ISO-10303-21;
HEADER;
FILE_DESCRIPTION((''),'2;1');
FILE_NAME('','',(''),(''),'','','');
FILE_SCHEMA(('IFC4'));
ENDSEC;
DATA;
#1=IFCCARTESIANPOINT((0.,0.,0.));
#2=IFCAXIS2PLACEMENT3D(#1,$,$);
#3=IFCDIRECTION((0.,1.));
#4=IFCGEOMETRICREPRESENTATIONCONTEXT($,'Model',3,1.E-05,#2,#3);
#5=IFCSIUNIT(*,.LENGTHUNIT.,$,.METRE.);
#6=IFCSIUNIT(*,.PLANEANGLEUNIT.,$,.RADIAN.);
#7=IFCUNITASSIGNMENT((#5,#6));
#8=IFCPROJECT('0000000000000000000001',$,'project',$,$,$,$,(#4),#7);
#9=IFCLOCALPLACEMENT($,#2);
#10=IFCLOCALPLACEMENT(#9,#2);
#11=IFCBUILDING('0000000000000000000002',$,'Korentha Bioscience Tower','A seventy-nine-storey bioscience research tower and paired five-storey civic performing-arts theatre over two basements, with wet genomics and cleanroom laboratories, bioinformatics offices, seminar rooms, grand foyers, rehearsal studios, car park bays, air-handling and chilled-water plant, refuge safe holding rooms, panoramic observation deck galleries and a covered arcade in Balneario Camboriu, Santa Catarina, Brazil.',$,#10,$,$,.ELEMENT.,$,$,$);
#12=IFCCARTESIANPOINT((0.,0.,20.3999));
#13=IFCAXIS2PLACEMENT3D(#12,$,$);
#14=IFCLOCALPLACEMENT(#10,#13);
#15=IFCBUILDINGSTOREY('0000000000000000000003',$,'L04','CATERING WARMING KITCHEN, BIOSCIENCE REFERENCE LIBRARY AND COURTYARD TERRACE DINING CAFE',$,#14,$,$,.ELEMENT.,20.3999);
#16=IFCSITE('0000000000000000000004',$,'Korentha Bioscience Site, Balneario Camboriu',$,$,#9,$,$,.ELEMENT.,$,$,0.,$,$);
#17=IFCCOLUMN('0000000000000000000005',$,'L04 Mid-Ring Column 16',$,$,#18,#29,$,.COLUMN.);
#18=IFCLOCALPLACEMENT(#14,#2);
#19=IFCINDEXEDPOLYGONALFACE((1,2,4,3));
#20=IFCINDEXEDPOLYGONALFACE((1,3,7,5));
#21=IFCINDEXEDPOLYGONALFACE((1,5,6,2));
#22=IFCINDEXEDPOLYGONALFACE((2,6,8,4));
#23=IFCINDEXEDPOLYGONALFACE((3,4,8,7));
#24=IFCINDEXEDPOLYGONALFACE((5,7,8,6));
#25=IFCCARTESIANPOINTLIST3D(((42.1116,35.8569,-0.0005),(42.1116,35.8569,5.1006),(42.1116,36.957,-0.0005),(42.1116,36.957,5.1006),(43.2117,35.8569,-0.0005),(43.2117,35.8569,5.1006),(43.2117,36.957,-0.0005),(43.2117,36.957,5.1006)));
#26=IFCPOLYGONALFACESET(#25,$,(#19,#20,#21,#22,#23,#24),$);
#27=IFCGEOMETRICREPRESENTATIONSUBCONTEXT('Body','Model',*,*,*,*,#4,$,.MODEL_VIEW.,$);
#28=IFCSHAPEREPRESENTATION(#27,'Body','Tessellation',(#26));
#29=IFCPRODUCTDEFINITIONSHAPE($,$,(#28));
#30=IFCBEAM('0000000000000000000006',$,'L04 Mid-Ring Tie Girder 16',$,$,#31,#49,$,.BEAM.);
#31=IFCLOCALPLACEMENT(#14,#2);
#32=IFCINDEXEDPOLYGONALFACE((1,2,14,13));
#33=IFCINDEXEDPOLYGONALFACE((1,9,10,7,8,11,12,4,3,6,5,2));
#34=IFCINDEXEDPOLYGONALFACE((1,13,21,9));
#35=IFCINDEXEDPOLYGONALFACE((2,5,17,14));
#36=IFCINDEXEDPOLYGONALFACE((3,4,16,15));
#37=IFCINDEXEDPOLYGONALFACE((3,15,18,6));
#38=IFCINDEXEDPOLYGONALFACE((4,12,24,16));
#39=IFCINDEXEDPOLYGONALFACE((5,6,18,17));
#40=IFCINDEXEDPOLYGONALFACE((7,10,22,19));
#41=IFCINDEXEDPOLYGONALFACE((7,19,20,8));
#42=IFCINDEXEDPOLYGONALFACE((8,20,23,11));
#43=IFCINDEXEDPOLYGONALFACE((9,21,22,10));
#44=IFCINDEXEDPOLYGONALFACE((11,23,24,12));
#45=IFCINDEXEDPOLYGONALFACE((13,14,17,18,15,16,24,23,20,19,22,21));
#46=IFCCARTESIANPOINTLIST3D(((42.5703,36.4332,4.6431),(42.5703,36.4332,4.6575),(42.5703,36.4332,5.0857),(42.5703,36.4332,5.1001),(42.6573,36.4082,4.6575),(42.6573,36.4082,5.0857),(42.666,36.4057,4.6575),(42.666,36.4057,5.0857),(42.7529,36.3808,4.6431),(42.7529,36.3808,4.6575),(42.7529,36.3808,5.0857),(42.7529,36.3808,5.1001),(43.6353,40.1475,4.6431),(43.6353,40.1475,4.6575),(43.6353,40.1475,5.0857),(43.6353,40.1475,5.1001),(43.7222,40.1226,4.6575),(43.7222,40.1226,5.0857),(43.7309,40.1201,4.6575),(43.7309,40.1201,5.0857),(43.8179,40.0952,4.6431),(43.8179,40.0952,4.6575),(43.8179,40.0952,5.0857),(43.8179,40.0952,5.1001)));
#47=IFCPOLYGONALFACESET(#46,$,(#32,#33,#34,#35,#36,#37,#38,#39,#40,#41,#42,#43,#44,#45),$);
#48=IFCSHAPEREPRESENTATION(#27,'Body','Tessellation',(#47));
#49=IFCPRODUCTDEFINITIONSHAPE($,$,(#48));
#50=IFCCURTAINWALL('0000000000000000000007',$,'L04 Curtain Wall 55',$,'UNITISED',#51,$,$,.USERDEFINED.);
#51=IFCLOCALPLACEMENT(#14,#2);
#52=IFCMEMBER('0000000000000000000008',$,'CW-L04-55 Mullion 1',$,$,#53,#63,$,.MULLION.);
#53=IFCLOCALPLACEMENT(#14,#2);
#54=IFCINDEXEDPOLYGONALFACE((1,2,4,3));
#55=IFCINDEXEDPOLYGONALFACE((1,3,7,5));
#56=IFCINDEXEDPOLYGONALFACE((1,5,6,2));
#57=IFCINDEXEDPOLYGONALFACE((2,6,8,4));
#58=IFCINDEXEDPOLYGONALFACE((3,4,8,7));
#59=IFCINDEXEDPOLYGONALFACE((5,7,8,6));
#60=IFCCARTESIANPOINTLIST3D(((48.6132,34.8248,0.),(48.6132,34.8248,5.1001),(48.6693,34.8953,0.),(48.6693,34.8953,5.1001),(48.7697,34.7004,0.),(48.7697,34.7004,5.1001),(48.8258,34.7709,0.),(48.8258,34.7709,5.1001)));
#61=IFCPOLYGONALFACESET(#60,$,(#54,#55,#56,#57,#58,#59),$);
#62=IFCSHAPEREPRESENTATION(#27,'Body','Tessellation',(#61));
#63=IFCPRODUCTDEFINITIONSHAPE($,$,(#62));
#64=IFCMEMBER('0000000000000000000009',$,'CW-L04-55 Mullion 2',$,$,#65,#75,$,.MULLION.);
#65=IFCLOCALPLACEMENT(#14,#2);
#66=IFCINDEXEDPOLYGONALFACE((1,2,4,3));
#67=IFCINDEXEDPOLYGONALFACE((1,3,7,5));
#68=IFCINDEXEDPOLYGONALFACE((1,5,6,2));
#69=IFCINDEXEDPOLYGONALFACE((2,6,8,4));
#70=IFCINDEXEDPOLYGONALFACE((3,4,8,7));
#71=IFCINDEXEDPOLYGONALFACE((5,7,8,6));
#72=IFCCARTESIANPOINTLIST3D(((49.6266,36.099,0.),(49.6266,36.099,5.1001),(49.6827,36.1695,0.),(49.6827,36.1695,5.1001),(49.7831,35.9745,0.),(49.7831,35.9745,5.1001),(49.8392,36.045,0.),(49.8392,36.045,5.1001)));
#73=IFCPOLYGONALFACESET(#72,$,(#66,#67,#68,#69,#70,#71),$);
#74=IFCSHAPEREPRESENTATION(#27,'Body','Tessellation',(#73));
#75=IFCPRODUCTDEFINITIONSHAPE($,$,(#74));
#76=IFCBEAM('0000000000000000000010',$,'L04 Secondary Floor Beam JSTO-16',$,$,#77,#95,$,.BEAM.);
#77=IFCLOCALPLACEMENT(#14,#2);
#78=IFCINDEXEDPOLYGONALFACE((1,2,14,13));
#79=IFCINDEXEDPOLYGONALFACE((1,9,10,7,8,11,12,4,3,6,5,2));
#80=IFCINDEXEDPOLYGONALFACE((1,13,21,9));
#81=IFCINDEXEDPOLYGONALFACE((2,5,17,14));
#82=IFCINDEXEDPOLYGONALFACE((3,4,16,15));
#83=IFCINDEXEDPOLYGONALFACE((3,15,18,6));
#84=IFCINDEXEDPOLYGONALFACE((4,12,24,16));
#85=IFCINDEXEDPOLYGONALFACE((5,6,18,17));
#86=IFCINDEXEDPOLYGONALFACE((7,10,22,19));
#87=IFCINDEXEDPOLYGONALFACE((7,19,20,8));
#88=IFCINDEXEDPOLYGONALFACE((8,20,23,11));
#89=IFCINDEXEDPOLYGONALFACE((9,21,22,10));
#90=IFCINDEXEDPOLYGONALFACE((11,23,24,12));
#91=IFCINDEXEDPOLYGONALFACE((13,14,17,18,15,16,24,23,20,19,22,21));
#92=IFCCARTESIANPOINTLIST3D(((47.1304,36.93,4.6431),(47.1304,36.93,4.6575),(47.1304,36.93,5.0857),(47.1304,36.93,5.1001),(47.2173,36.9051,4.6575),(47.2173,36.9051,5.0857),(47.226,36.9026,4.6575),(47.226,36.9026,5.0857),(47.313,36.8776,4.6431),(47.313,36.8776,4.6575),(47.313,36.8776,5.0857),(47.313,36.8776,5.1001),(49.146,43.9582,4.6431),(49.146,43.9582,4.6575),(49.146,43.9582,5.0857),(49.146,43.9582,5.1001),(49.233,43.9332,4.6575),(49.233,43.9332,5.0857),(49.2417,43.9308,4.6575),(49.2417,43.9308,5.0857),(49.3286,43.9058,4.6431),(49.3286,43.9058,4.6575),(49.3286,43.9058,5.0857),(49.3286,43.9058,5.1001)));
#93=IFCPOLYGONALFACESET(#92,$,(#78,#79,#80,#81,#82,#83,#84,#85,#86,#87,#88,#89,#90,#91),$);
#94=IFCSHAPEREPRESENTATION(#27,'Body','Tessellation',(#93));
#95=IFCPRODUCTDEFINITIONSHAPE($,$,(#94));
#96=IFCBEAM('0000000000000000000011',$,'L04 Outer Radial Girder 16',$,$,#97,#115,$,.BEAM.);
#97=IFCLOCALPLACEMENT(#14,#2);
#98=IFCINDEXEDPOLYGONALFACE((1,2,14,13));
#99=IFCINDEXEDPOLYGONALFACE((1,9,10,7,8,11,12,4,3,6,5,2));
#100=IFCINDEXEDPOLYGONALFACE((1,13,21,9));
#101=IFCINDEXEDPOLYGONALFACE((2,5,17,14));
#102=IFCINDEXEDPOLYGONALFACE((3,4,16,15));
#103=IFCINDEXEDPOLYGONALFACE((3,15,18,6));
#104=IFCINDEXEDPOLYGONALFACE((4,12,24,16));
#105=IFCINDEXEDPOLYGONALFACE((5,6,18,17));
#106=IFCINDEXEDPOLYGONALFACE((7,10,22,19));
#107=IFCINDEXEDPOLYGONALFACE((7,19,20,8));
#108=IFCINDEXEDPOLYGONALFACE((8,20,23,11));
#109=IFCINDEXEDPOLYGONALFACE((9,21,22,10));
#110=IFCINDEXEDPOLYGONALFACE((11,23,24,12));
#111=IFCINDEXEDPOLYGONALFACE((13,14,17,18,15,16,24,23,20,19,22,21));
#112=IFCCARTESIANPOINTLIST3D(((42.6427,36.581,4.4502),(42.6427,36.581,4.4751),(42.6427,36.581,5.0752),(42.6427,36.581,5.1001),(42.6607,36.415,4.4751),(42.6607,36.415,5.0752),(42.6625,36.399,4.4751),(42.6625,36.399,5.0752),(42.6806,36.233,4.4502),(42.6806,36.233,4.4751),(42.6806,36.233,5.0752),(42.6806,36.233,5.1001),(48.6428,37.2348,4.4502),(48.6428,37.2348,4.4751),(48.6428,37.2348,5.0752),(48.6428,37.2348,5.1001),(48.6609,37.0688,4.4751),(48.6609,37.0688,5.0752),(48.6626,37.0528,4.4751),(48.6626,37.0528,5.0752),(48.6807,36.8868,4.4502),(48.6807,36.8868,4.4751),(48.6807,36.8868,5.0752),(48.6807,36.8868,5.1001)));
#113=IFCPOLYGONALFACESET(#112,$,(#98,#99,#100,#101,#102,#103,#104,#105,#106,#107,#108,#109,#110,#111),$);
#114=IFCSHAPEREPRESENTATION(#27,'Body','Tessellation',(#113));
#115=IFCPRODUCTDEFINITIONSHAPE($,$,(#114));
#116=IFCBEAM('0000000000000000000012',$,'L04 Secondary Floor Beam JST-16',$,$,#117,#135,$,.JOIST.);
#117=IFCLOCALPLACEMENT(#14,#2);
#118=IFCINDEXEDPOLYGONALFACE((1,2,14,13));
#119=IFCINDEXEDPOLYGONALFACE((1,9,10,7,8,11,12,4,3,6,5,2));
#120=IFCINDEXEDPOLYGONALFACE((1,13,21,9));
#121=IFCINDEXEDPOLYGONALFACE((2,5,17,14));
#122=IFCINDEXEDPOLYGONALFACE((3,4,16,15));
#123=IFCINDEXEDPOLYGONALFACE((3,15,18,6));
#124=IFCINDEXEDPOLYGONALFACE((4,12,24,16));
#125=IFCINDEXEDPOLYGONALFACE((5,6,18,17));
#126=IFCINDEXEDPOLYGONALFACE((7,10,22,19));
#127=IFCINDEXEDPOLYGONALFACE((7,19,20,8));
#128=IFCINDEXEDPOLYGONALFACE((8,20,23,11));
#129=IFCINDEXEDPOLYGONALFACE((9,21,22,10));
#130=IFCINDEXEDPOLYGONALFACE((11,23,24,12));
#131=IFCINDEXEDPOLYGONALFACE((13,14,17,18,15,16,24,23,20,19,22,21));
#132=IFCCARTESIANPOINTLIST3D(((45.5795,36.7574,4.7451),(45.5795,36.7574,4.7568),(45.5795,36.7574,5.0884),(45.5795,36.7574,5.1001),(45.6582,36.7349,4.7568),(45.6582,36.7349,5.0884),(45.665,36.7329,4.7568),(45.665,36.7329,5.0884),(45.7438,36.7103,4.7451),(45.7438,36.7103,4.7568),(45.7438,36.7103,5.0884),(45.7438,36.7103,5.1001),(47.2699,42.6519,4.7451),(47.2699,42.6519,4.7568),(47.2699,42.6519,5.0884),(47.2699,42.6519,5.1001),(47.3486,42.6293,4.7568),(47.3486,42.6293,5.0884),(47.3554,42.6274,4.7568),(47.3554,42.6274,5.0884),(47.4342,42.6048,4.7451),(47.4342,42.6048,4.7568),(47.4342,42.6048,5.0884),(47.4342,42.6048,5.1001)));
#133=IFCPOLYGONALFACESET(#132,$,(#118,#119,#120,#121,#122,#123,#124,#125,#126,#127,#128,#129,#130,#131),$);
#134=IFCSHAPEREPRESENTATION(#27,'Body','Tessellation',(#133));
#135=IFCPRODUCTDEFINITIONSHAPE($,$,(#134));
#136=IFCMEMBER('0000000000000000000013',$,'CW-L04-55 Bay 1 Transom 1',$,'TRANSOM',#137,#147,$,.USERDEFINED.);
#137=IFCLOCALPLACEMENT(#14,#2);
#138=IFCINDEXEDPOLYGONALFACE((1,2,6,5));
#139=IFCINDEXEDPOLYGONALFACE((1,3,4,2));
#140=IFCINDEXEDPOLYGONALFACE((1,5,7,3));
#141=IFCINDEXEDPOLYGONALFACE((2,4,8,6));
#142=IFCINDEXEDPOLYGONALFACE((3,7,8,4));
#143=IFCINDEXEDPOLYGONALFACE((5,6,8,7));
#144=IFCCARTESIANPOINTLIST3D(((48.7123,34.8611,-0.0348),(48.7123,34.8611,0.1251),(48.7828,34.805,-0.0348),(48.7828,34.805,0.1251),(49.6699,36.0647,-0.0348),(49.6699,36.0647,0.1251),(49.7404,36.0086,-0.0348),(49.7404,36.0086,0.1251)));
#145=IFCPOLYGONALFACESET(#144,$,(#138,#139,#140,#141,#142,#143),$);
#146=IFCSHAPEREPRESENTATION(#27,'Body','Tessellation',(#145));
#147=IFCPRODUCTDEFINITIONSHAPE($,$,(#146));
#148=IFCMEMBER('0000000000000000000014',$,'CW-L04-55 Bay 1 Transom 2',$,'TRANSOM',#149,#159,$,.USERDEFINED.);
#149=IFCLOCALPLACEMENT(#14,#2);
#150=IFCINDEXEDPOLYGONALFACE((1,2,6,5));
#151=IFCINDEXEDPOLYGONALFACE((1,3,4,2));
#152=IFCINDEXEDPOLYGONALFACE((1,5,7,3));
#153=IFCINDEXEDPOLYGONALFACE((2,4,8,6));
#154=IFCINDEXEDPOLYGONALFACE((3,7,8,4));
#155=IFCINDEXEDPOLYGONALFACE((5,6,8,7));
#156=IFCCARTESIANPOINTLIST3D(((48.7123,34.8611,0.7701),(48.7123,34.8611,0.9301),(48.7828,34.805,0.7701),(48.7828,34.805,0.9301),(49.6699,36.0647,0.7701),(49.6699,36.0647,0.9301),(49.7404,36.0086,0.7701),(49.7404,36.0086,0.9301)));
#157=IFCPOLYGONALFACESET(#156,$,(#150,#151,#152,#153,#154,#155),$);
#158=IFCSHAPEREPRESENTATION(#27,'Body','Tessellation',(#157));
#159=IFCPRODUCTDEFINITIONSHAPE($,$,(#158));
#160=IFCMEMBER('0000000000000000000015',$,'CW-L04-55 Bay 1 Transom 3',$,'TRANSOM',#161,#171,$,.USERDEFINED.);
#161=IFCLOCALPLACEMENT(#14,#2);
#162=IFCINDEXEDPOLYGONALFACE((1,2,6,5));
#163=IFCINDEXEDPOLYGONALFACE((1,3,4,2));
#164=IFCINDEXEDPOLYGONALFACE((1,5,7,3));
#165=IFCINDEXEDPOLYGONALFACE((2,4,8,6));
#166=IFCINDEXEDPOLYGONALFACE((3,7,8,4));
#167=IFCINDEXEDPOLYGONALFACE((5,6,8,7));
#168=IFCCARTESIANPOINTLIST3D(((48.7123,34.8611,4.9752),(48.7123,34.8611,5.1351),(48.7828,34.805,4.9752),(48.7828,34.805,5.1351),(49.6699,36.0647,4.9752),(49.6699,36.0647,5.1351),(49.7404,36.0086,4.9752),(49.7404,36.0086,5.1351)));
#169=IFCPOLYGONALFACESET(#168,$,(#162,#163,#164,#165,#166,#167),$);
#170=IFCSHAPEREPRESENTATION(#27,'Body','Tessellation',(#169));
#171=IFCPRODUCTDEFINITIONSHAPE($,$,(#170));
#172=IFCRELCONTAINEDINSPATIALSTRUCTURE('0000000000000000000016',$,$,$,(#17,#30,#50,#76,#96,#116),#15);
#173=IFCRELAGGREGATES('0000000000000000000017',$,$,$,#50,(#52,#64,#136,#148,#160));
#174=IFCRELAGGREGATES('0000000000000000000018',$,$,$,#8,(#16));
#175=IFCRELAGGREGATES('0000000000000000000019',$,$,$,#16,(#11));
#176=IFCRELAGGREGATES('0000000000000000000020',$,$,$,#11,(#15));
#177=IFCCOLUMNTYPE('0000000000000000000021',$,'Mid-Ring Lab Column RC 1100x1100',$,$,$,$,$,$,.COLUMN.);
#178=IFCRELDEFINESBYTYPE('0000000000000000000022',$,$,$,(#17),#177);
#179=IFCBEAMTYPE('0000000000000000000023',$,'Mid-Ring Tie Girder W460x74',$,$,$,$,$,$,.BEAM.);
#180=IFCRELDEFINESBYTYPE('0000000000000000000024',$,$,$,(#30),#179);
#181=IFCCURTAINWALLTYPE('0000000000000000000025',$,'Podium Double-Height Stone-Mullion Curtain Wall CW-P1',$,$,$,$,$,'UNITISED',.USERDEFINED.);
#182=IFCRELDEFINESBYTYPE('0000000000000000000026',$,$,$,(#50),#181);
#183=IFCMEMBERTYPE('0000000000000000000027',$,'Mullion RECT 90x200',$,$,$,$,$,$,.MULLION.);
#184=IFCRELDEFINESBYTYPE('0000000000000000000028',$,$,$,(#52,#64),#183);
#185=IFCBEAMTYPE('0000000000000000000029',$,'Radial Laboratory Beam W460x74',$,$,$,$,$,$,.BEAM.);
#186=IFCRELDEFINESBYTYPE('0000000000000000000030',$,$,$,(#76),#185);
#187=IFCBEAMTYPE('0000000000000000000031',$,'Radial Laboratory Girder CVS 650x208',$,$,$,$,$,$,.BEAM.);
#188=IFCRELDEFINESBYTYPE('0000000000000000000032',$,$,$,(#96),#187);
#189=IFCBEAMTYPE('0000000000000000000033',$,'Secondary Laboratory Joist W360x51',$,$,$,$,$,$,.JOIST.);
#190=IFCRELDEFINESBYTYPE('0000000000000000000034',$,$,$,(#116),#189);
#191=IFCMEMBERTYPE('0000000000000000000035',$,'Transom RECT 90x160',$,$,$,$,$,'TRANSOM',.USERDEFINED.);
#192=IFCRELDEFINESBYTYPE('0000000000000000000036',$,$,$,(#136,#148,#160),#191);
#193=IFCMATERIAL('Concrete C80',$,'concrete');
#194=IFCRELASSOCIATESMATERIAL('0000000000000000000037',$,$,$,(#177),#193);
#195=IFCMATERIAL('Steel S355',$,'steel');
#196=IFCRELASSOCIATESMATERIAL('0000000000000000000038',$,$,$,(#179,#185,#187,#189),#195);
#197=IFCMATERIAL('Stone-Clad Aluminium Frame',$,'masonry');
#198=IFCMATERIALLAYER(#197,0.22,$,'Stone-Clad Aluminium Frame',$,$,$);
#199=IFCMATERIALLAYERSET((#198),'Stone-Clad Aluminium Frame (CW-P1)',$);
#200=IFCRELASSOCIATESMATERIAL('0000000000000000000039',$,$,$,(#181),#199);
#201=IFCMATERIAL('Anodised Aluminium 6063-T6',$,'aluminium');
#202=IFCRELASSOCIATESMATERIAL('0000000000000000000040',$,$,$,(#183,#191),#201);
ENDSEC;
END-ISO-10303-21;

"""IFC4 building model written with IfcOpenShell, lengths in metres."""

from ifc_helpers import new_model, si_unit, direction, frame, origin, origin_2d, place, context, subcontext, project, spatial, rectangle, i_section, extrude, material, layer, layer_set, material_profile, profile_set, type_object, element, aggregate, save


model = new_model("IFC4")

# Units and contexts
model_context = context("Model", 3, precision=1e-05, world=origin(), true_north=direction((0.0, 1.0)))
body_context = subcontext(model_context, "Body", "Model", "MODEL_VIEW")
ifc_project = project(units=[si_unit("LENGTHUNIT", "METRE"), si_unit("PLANEANGLEUNIT", "RADIAN")], contexts=[model_context])

# Site, building, storey
site_placement = place(None, origin())
site = spatial("IfcSite", under=ifc_project, at=site_placement, Name="Korentha Bioscience Site, Balneario Camboriu", CompositionType="ELEMENT", RefElevation=0.0)
building_placement = place(site_placement, origin())
building = spatial("IfcBuilding", under=site, at=building_placement, Name="Korentha Bioscience Tower", Description="A seventy-nine-storey bioscience research tower and paired five-storey civic performing-arts theatre over two basements, with wet genomics and cleanroom laboratories, bioinformatics offices, seminar rooms, grand foyers, rehearsal studios, car park bays, air-handling and chilled-water plant, refuge safe holding rooms, panoramic observation deck galleries and a covered arcade in Balneario Camboriu, Santa Catarina, Brazil.", CompositionType="ELEMENT")
storey_placement = place(building_placement, frame((0.0, 0.0, 20.3999)))
storey = spatial("IfcBuildingStorey", under=building, at=storey_placement, Name="L04", Description="CATERING WARMING KITCHEN, BIOSCIENCE REFERENCE LIBRARY AND COURTYARD TERRACE DINING CAFE", CompositionType="ELEMENT", Elevation=20.3999)

# Column
ifc_material_1 = material(Name="Concrete C80", Category="concrete")
ifc_material_profile_1 = material_profile(ifc_material_1, rectangle(XDim=1.1001, YDim=1.1001, at=origin_2d()), Name="Concrete C80")
ifc_profile_set_1 = profile_set([ifc_material_profile_1], Name="Concrete C80 (COL-MR11)")
column_type = type_object("IfcColumnType", Name="Mid-Ring Lab Column RC 1100x1100", PredefinedType="COLUMN", material=ifc_profile_set_1)
column_placement = place(storey_placement, frame((42.6616, 36.407, -0.0005), z_axis=(0.0, 0.0, 1.0), x_axis=(1.0, 0.0, 0.0)))
element("IfcColumn", 1, at=column_placement, inside=storey, type_object=column_type, Name="L04 Mid-Ring Column 16", PredefinedType="COLUMN", context=body_context, shape_type="SweptSolid", body=[
    extrude(rectangle(XDim=1.1001, YDim=1.1001, at=origin_2d()), origin(), (0.0, 0.0, 1.0), 5.1011),
])

# Beam
ifc_material_2 = material(Name="Steel S355", Category="steel")
ifc_material_profile_2 = material_profile(ifc_material_2, i_section(OverallWidth=0.1899, OverallDepth=0.457, WebThickness=0.009, FlangeThickness=0.0144, at=origin_2d()), Name="Steel S355")
ifc_profile_set_2 = profile_set([ifc_material_profile_2], Name="Steel S355 (MB-460)")
beam_type_1 = type_object("IfcBeamType", Name="Mid-Ring Tie Girder W460x74", PredefinedType="BEAM", material=ifc_profile_set_2)
beam_1_placement = place(storey_placement, frame((42.6616, 36.407, 4.8716), z_axis=(0.275606, 0.961271, 0.0), x_axis=(-0.961271, 0.275606, 0.0)))
element("IfcBeam", 2, at=beam_1_placement, inside=storey, type_object=beam_type_1, Name="L04 Mid-Ring Tie Girder 16", PredefinedType="BEAM", context=body_context, shape_type="SweptSolid", body=[
    extrude(i_section(OverallWidth=0.1899, OverallDepth=0.457, WebThickness=0.009, FlangeThickness=0.0144, at=origin_2d()), origin(), (0.0, 0.0, 1.0), 3.864),
])

# Curtain wall, members
ifc_material_3 = material(Name="Stone-Clad Aluminium Frame", Category="masonry")
ifc_layer_1 = layer(ifc_material_3, 0.22, Name="Stone-Clad Aluminium Frame")
ifc_layer_set_1 = layer_set([ifc_layer_1], Name="Stone-Clad Aluminium Frame (CW-P1)")
curtain_wall_type = type_object("IfcCurtainWallType", Name="Podium Double-Height Stone-Mullion Curtain Wall CW-P1", ElementType="UNITISED", PredefinedType="USERDEFINED", material=ifc_layer_set_1)
curtain_wall_placement = place(storey_placement, origin())
curtain_wall = element("IfcCurtainWall", 3, at=curtain_wall_placement, inside=storey, type_object=curtain_wall_type, Name="L04 Curtain Wall 55", ObjectType="UNITISED", PredefinedType="USERDEFINED")
ifc_material_4 = material(Name="Anodised Aluminium 6063-T6", Category="aluminium")
ifc_material_profile_3 = material_profile(ifc_material_4, rectangle(XDim=0.0901, YDim=0.2, at=origin_2d()), Name="Anodised Aluminium 6063-T6")
ifc_profile_set_3 = profile_set([ifc_material_profile_3], Name="Anodised Aluminium 6063-T6 (CW-MUL)")
member_type_1 = type_object("IfcMemberType", Name="Mullion RECT 90x200", PredefinedType="MULLION", material=ifc_profile_set_3)
member_1_placement = place(storey_placement, frame((48.7195, 34.7979, 0.0), z_axis=(0.0, 0.0, 1.0), x_axis=(0.62252, 0.782604, 0.0)))
member_1 = element("IfcMember", 4, at=member_1_placement, type_object=member_type_1, Name="CW-L04-55 Mullion 1", PredefinedType="MULLION", context=body_context, shape_type="SweptSolid", body=[
    extrude(rectangle(XDim=0.0901, YDim=0.2, at=origin_2d()), origin(), (0.0, 0.0, 1.0), 5.1001),
])
member_2_placement = place(storey_placement, frame((49.7329, 36.072, 0.0), z_axis=(0.0, 0.0, 1.0), x_axis=(0.62252, 0.782604, 0.0)))
member_2 = element("IfcMember", 5, at=member_2_placement, type_object=member_type_1, Name="CW-L04-55 Mullion 2", PredefinedType="MULLION", context=body_context, shape_type="SweptSolid", body=[
    extrude(rectangle(XDim=0.0901, YDim=0.2, at=origin_2d()), origin(), (0.0, 0.0, 1.0), 5.1001),
])

# Beams
ifc_material_profile_4 = material_profile(ifc_material_2, i_section(OverallWidth=0.1899, OverallDepth=0.457, WebThickness=0.009, FlangeThickness=0.0144, at=origin_2d()), Name="Steel S355")
ifc_profile_set_4 = profile_set([ifc_material_profile_4], Name="Steel S355 (RB-460)")
beam_type_2 = type_object("IfcBeamType", Name="Radial Laboratory Beam W460x74", PredefinedType="BEAM", material=ifc_profile_set_4)
beam_2_placement = place(storey_placement, frame((47.2217, 36.9038, 4.8716), z_axis=(0.275682, 0.961249, 0.0), x_axis=(-0.961249, 0.275682, 0.0)))
element("IfcBeam", 6, at=beam_2_placement, inside=storey, type_object=beam_type_2, Name="L04 Secondary Floor Beam JSTO-16", PredefinedType="BEAM", context=body_context, shape_type="SweptSolid", body=[
    extrude(i_section(OverallWidth=0.1899, OverallDepth=0.457, WebThickness=0.009, FlangeThickness=0.0144, at=origin_2d()), origin(), (0.0, 0.0, 1.0), 7.3115),
])
ifc_material_profile_5 = material_profile(ifc_material_2, i_section(OverallWidth=0.3501, OverallDepth=0.6499, WebThickness=0.0161, FlangeThickness=0.0249, at=origin_2d()), Name="Steel S355")
ifc_profile_set_5 = profile_set([ifc_material_profile_5], Name="Steel S355 (RB-650)")
beam_type_3 = type_object("IfcBeamType", Name="Radial Laboratory Girder CVS 650x208", PredefinedType="BEAM", material=ifc_profile_set_5)
beam_3_placement = place(storey_placement, frame((42.6616, 36.407, 4.7751), z_axis=(0.994116, 0.108323, 0.0), x_axis=(-0.108323, 0.994116, 0.0)))
element("IfcBeam", 7, at=beam_3_placement, inside=storey, type_object=beam_type_3, Name="L04 Outer Radial Girder 16", PredefinedType="BEAM", context=body_context, shape_type="SweptSolid", body=[
    extrude(i_section(OverallWidth=0.3501, OverallDepth=0.6499, WebThickness=0.0161, FlangeThickness=0.0249, at=origin_2d()), origin(), (0.0, 0.0, 1.0), 6.0356),
])
ifc_material_profile_6 = material_profile(ifc_material_2, i_section(OverallWidth=0.1709, OverallDepth=0.355, WebThickness=0.0071, FlangeThickness=0.0117, at=origin_2d()), Name="Steel S355")
ifc_profile_set_6 = profile_set([ifc_material_profile_6], Name="Steel S355 (JB-360)")
beam_type_4 = type_object("IfcBeamType", Name="Secondary Laboratory Joist W360x51", PredefinedType="JOIST", material=ifc_profile_set_6)
beam_4_placement = place(storey_placement, frame((45.6616, 36.7339, 4.9226), z_axis=(0.275668, 0.961253, 0.0), x_axis=(-0.961253, 0.275668, 0.0)))
element("IfcBeam", 8, at=beam_4_placement, inside=storey, type_object=beam_type_4, Name="L04 Secondary Floor Beam JST-16", PredefinedType="JOIST", context=body_context, shape_type="SweptSolid", body=[
    extrude(i_section(OverallWidth=0.1709, OverallDepth=0.355, WebThickness=0.0071, FlangeThickness=0.0117, at=origin_2d()), origin(), (0.0, 0.0, 1.0), 6.1321),
])

# Members
ifc_material_profile_7 = material_profile(ifc_material_4, rectangle(XDim=0.0901, YDim=0.1599, at=origin_2d()), Name="Anodised Aluminium 6063-T6")
ifc_profile_set_7 = profile_set([ifc_material_profile_7], Name="Anodised Aluminium 6063-T6 (CW-TRN)")
member_type_2 = type_object("IfcMemberType", Name="Transom RECT 90x160", ElementType="TRANSOM", PredefinedType="USERDEFINED", material=ifc_profile_set_7)
member_3_placement = place(storey_placement, frame((48.7476, 34.833, 0.0452), z_axis=(0.622563, 0.782569, 0.0), x_axis=(-0.782569, 0.622563, 0.0)))
member_3 = element("IfcMember", 9, at=member_3_placement, type_object=member_type_2, Name="CW-L04-55 Bay 1 Transom 1", ObjectType="TRANSOM", PredefinedType="USERDEFINED", context=body_context, shape_type="SweptSolid", body=[
    extrude(rectangle(XDim=0.0901, YDim=0.1599, at=origin_2d()), origin(), (0.0, 0.0, 1.0), 1.5381),
])
member_4_placement = place(storey_placement, frame((48.7476, 34.833, 0.8501), z_axis=(0.622563, 0.782569, 0.0), x_axis=(-0.782569, 0.622563, 0.0)))
member_4 = element("IfcMember", 10, at=member_4_placement, type_object=member_type_2, Name="CW-L04-55 Bay 1 Transom 2", ObjectType="TRANSOM", PredefinedType="USERDEFINED", context=body_context, shape_type="SweptSolid", body=[
    extrude(rectangle(XDim=0.0901, YDim=0.1599, at=origin_2d()), origin(), (0.0, 0.0, 1.0), 1.5381),
])
member_5_placement = place(storey_placement, frame((48.7476, 34.833, 5.0552), z_axis=(0.622563, 0.782569, 0.0), x_axis=(-0.782569, 0.622563, 0.0)))
member_5 = element("IfcMember", 11, at=member_5_placement, type_object=member_type_2, Name="CW-L04-55 Bay 1 Transom 3", ObjectType="TRANSOM", PredefinedType="USERDEFINED", context=body_context, shape_type="SweptSolid", body=[
    extrude(rectangle(XDim=0.0901, YDim=0.1599, at=origin_2d()), origin(), (0.0, 0.0, 1.0), 1.5381),
])

aggregate(curtain_wall, [member_1, member_2, member_3, member_4, member_5])

save(model, "model.ifc")
